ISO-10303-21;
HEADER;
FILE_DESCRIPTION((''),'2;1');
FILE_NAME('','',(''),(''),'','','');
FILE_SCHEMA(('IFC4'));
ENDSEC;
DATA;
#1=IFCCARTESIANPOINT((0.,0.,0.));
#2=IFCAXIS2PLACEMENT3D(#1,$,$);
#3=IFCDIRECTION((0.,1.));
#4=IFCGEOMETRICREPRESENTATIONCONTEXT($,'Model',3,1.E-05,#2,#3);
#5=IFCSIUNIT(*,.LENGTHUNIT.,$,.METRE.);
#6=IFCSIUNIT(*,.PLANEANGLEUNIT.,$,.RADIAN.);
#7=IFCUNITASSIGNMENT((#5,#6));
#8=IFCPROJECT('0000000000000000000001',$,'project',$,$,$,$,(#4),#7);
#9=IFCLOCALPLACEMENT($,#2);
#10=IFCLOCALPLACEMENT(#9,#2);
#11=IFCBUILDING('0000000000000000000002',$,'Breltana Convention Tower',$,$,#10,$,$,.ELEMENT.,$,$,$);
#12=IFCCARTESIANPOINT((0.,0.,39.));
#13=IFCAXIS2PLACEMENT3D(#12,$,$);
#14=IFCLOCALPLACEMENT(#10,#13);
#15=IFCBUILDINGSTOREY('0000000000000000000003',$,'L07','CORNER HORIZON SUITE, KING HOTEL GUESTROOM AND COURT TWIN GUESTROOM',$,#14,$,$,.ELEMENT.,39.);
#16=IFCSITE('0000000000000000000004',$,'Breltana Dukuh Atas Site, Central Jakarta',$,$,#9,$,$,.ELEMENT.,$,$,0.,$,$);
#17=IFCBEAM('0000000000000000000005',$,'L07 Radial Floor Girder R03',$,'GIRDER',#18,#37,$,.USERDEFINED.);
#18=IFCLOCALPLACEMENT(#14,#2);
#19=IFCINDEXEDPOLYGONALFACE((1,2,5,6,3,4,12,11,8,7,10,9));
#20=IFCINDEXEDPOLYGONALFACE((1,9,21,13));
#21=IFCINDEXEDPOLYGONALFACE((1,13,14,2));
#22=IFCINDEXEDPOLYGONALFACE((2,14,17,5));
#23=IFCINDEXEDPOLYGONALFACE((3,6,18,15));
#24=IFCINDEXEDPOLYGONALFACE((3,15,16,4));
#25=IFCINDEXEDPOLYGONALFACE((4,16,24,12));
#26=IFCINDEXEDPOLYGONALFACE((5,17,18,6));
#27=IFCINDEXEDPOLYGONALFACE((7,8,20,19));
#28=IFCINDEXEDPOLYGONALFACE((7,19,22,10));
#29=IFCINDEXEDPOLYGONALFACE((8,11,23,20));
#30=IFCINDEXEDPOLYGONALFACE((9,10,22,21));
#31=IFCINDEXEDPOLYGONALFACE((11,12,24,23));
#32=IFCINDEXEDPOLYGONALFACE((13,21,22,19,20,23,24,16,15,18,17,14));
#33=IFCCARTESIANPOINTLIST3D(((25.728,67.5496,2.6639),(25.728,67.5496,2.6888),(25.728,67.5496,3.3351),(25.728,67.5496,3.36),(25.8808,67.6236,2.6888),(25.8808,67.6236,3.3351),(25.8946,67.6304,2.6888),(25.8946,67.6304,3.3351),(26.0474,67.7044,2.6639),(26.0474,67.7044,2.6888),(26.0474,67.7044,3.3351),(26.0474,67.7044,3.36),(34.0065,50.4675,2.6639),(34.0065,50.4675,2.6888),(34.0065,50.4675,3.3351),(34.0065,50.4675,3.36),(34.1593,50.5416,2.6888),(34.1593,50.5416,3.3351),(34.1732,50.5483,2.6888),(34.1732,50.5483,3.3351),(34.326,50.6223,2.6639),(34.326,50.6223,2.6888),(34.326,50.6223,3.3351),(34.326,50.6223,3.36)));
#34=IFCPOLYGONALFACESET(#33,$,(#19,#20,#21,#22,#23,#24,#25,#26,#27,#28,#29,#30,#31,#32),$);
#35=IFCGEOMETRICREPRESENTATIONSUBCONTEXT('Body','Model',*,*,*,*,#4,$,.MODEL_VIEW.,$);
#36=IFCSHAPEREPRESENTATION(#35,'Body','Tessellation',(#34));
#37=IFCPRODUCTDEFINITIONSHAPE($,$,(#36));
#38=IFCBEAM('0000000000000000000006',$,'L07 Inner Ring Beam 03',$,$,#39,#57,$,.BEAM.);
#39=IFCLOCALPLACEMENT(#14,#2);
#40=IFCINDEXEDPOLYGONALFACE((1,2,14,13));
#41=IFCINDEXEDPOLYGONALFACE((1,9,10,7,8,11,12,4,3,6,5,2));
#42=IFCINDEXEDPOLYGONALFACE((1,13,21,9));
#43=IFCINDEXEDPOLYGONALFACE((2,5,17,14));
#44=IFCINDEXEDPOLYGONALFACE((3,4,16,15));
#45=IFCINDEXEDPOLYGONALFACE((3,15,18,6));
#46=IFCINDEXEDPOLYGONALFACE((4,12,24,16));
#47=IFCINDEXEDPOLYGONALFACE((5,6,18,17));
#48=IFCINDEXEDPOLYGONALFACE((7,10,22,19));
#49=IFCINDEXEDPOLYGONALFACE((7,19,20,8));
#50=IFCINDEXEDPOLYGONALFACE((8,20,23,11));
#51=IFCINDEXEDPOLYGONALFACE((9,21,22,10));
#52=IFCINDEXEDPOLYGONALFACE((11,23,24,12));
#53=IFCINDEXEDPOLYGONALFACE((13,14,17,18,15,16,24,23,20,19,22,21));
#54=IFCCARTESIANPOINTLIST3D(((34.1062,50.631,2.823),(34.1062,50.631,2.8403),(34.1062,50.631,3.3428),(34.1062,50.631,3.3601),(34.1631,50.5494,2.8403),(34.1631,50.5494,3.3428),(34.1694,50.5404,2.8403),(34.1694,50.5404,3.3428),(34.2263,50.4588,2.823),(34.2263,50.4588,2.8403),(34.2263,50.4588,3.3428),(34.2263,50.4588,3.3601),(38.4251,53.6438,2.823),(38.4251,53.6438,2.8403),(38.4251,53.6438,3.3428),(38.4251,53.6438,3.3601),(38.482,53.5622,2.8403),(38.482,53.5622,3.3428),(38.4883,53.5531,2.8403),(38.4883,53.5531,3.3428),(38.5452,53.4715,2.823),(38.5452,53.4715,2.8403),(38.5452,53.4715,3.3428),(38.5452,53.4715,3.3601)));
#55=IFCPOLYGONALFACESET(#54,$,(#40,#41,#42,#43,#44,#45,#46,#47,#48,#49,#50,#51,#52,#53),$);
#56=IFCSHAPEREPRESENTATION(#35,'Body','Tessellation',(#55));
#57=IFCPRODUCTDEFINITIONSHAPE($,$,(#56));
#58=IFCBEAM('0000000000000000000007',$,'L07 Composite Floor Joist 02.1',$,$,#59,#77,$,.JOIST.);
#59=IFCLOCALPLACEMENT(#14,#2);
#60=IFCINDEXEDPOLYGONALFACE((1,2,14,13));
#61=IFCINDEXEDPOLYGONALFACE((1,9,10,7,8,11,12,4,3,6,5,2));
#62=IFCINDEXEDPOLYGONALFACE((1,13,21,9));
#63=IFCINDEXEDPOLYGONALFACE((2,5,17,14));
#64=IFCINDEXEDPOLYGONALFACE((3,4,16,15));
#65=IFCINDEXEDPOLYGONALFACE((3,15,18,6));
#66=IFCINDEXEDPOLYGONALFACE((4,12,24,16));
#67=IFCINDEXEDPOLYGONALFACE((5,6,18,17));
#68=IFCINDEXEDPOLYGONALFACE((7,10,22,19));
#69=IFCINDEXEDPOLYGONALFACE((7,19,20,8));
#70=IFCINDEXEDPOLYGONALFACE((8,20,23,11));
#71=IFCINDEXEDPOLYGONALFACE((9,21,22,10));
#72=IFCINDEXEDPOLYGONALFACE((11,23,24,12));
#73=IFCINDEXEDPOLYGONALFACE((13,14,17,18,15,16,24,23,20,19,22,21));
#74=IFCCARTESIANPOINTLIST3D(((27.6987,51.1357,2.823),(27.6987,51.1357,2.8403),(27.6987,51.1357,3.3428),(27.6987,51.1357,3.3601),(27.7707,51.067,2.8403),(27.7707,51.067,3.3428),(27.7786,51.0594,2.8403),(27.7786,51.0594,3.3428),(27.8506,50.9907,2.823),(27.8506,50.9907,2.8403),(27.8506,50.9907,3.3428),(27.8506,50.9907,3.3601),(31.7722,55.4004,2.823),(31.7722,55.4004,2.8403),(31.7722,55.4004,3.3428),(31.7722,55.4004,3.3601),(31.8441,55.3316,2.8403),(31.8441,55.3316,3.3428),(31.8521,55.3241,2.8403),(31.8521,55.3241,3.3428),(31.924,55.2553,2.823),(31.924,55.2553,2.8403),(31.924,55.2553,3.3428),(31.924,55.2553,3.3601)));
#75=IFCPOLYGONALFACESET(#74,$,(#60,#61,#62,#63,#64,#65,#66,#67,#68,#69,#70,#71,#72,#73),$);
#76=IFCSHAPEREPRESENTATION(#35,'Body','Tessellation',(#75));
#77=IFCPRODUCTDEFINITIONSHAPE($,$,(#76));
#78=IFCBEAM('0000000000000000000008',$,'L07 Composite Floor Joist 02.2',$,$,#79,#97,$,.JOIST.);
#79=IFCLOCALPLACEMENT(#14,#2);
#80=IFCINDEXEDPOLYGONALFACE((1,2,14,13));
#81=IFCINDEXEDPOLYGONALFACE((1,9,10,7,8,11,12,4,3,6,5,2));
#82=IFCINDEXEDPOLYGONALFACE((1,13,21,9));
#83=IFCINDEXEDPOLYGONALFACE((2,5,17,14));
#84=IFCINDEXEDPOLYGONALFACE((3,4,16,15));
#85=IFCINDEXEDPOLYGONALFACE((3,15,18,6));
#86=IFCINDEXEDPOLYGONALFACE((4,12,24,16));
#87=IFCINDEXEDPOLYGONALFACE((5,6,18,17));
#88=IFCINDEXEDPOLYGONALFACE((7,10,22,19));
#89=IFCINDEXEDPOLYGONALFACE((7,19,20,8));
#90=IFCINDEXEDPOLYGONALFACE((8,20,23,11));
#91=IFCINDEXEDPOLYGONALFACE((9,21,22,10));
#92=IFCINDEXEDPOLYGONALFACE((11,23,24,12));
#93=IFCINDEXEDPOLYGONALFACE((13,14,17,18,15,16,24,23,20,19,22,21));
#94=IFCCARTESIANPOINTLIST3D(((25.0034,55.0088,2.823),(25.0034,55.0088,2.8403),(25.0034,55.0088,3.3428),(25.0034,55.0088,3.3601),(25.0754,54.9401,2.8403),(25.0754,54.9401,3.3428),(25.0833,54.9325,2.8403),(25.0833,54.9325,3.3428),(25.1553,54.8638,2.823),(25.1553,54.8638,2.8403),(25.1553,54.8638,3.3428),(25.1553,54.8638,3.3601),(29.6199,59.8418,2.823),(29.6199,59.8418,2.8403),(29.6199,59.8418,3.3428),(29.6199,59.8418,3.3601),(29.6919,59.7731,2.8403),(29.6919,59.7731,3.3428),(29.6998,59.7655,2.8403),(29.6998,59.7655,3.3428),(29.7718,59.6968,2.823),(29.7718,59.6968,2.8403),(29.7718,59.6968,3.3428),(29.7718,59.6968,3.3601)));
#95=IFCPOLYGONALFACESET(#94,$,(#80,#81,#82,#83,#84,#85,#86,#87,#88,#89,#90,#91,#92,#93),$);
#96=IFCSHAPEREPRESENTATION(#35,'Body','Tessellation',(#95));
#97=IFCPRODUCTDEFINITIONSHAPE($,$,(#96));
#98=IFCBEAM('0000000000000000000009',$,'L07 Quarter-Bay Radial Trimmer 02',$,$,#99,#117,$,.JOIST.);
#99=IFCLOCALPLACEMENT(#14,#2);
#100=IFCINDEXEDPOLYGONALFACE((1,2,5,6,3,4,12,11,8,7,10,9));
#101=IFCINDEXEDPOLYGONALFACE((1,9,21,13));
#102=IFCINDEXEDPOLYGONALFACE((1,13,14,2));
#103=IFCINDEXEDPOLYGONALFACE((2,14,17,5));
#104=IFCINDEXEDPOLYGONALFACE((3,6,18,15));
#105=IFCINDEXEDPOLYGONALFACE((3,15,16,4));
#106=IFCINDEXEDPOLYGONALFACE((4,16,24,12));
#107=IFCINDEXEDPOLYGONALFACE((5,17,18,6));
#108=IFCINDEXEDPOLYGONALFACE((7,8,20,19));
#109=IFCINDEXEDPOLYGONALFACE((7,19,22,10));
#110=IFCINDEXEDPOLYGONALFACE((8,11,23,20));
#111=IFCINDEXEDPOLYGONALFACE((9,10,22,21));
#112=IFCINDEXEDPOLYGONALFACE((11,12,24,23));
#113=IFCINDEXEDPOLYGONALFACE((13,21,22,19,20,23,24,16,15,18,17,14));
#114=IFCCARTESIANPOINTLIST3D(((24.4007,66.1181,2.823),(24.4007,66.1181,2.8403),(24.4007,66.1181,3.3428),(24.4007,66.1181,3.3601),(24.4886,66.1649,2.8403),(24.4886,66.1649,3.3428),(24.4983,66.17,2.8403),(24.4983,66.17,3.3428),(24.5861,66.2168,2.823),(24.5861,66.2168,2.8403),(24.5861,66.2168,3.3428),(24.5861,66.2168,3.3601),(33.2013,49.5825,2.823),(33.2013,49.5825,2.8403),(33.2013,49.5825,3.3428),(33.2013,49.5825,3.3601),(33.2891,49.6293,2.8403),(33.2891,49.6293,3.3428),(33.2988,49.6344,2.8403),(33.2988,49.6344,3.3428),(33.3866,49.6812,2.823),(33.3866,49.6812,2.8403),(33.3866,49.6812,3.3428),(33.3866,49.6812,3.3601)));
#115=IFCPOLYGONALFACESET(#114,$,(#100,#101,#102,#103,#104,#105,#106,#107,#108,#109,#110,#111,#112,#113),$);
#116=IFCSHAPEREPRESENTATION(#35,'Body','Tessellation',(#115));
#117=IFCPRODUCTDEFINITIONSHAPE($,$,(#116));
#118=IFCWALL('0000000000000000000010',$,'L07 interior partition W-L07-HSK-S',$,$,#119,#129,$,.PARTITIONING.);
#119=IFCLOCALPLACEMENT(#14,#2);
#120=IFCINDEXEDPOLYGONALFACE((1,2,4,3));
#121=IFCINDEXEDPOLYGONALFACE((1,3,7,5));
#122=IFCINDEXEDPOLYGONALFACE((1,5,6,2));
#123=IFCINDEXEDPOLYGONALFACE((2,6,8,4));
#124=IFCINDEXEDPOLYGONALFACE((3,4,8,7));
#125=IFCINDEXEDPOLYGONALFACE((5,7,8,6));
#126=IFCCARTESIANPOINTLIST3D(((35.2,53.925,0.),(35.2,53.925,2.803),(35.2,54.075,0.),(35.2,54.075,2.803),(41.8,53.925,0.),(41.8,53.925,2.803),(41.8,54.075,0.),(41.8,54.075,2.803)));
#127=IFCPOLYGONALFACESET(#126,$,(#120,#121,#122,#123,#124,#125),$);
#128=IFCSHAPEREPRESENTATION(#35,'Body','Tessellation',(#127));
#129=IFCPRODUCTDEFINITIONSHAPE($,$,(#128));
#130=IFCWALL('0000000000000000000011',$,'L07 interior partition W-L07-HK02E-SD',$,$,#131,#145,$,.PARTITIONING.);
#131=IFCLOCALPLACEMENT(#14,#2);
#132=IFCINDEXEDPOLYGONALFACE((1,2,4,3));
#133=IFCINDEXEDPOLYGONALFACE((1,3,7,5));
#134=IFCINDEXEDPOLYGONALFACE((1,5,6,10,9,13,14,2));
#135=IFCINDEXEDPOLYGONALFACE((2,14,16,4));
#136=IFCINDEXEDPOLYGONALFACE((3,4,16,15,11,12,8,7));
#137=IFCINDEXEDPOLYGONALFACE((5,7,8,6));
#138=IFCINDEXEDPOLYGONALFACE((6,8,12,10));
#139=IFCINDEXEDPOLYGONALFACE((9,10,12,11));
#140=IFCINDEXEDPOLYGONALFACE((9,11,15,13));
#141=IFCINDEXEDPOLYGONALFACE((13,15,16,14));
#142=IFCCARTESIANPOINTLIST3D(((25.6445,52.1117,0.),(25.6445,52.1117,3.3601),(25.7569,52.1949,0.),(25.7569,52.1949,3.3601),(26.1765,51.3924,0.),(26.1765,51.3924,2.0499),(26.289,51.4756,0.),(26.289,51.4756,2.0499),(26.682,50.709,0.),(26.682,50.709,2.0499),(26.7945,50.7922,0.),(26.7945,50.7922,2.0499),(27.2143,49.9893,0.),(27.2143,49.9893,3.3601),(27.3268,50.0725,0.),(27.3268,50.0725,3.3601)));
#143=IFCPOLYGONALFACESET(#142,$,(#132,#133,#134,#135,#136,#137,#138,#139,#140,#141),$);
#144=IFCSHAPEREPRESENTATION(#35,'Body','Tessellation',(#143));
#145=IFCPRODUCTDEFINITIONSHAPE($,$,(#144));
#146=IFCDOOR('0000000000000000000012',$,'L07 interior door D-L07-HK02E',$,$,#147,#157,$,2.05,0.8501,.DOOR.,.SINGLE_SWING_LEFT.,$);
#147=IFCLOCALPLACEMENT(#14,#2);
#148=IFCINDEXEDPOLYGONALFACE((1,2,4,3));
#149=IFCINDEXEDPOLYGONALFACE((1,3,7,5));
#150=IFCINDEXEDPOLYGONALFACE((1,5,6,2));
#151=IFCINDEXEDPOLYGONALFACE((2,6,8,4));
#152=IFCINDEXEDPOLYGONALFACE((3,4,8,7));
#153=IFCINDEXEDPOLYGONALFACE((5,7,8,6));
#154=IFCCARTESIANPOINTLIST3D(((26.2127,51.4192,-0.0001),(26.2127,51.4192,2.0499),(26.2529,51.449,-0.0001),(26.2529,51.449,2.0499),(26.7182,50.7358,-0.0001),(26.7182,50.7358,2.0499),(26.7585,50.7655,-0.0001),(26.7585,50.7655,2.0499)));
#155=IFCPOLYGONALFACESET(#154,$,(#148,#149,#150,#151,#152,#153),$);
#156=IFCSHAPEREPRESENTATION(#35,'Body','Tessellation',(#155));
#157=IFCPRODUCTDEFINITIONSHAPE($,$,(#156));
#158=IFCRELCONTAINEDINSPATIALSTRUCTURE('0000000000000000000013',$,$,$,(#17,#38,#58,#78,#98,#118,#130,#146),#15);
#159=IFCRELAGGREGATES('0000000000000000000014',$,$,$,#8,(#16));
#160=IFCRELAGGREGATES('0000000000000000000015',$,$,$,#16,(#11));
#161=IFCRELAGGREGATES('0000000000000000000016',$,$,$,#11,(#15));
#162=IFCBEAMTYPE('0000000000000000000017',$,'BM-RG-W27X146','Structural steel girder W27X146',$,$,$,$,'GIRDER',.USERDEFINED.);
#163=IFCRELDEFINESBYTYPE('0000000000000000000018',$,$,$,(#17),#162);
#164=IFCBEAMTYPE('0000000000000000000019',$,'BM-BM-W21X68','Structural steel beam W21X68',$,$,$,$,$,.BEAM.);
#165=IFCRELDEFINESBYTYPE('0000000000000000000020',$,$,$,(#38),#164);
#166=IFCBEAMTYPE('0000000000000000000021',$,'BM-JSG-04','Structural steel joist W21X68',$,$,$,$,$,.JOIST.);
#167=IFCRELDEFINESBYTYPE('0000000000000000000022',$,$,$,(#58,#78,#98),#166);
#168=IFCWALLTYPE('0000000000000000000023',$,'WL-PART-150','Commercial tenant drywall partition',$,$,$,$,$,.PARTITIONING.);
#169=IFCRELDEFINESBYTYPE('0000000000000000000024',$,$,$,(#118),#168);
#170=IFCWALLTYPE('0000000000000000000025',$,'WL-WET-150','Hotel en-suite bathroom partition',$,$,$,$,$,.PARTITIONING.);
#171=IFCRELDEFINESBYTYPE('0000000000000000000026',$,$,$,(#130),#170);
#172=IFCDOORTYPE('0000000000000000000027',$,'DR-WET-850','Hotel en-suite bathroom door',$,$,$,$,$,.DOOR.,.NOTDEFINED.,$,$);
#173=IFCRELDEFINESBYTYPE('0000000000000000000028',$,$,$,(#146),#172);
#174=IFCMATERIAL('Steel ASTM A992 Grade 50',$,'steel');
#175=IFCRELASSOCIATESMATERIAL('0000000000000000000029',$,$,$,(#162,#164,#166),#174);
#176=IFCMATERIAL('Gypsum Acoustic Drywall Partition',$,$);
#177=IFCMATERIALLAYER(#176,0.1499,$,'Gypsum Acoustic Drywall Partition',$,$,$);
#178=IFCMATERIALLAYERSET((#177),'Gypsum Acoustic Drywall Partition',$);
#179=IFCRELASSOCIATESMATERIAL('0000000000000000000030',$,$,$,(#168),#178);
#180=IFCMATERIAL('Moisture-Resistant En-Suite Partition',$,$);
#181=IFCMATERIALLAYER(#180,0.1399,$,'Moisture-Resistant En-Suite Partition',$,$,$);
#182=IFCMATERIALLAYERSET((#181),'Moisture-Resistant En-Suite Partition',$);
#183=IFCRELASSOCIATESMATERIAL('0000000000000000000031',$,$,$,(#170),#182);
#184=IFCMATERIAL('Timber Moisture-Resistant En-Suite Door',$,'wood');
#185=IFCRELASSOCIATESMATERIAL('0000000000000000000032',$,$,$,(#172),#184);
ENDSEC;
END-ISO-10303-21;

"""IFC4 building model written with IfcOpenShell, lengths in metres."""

from ifc_helpers import new_model, si_unit, direction, frame, frame_2d, origin, origin_2d, place, context, subcontext, project, spatial, rectangle, i_section, extrude, source, transform, mapped, material, layer, layer_set, material_profile, profile_set, type_object, type_shapes, element, fill, save


model = new_model("IFC4")

# Units and contexts
model_context = context("Model", 3, precision=1e-05, world=origin(), true_north=direction((0.0, 1.0)))
body_context = subcontext(model_context, "Body", "Model", "MODEL_VIEW")
ifc_project = project(units=[si_unit("LENGTHUNIT", "METRE"), si_unit("PLANEANGLEUNIT", "RADIAN")], contexts=[model_context])

# Site, building, storey
site_placement = place(None, origin())
site = spatial("IfcSite", under=ifc_project, at=site_placement, Name="Breltana Dukuh Atas Site, Central Jakarta", CompositionType="ELEMENT", RefElevation=0.0)
building_placement = place(site_placement, origin())
building = spatial("IfcBuilding", under=site, at=building_placement, Name="Breltana Convention Tower", CompositionType="ELEMENT")
storey_placement = place(building_placement, frame((0.0, 0.0, 39.0)))
storey = spatial("IfcBuildingStorey", under=building, at=storey_placement, Name="L07", Description="CORNER HORIZON SUITE, KING HOTEL GUESTROOM AND COURT TWIN GUESTROOM", CompositionType="ELEMENT", Elevation=39.0)

# Beams
ifc_material_1 = material(Name="Steel ASTM A992 Grade 50", Category="steel")
ifc_material_profile_1 = material_profile(ifc_material_1, i_section(OverallWidth=0.355, OverallDepth=0.696, WebThickness=0.0154, FlangeThickness=0.0249, at=origin_2d()), Name="W27X146")
ifc_profile_set_1 = profile_set([ifc_material_profile_1], Name="Steel ASTM A992 Grade 50")
beam_type_1 = type_object("IfcBeamType", Name="BM-RG-W27X146", Description="Structural steel girder W27X146", ElementType="GIRDER", PredefinedType="USERDEFINED", material=ifc_profile_set_1)
shared_shape_1 = source(origin(), body_context, "Body", "SweptSolid", [
    extrude(i_section(OverallWidth=0.355, OverallDepth=0.696, WebThickness=0.0154, FlangeThickness=0.0249, at=origin_2d()), origin(), (0.0, 0.0, 1.0), 18.9824),
])
beam_1_placement = place(storey_placement, frame((34.1663, 50.5449, 3.012), z_axis=(-0.436119, 0.899889, 0.0), x_axis=(-0.899889, -0.436119, 0.0)))
element("IfcBeam", 1, at=beam_1_placement, inside=storey, type_object=beam_type_1, Name="L07 Radial Floor Girder R03", ObjectType="GIRDER", PredefinedType="USERDEFINED", context=body_context, shape_type="MappedRepresentation", body=[
    mapped(shared_shape_1, transform((0.0, 0.0, 0.0), scale=1.0)),
])
ifc_material_profile_2 = material_profile(ifc_material_1, i_section(OverallWidth=0.21, OverallDepth=0.5371, WebThickness=0.011, FlangeThickness=0.0173, at=origin_2d()), Name="W21X68")
ifc_profile_set_2 = profile_set([ifc_material_profile_2], Name="Steel ASTM A992 Grade 50")
beam_type_2 = type_object("IfcBeamType", Name="BM-BM-W21X68", Description="Structural steel beam W21X68", PredefinedType="BEAM", material=ifc_profile_set_2)
shared_shape_2 = source(origin(), body_context, "Body", "SweptSolid", [
    extrude(i_section(OverallWidth=0.21, OverallDepth=0.5371, WebThickness=0.011, FlangeThickness=0.0173, at=origin_2d()), origin(), (0.0, 0.0, 1.0), 5.2659),
])
beam_2_placement = place(storey_placement, frame((34.1663, 50.5449, 3.0916), z_axis=(0.820167, 0.572124, 0.0), x_axis=(-0.572124, 0.820167, 0.0)))
element("IfcBeam", 2, at=beam_2_placement, inside=storey, type_object=beam_type_2, Name="L07 Inner Ring Beam 03", PredefinedType="BEAM", context=body_context, shape_type="MappedRepresentation", body=[
    mapped(shared_shape_2, transform((0.0, 0.0, 0.0), scale=1.0)),
])
ifc_material_profile_3 = material_profile(ifc_material_1, i_section(OverallWidth=0.21, OverallDepth=0.5371, WebThickness=0.011, FlangeThickness=0.0173, at=origin_2d()), Name="W21X68")
ifc_profile_set_3 = profile_set([ifc_material_profile_3], Name="Steel ASTM A992 Grade 50")
beam_type_3 = type_object("IfcBeamType", Name="BM-JSG-04", Description="Structural steel joist W21X68", PredefinedType="JOIST", material=ifc_profile_set_3)
shared_shape_3 = source(origin(), body_context, "Body", "SweptSolid", [
    extrude(i_section(OverallWidth=0.21, OverallDepth=0.5371, WebThickness=0.011, FlangeThickness=0.0173, at=origin_2d()), origin(), (0.0, 0.0, 1.0), 5.8975),
])
beam_3_placement = place(storey_placement, frame((27.7747, 51.0632, 3.0916), z_axis=(0.690714, 0.723128, 0.0), x_axis=(-0.723128, 0.690714, 0.0)))
element("IfcBeam", 3, at=beam_3_placement, inside=storey, type_object=beam_type_3, Name="L07 Composite Floor Joist 02.1", PredefinedType="JOIST", context=body_context, shape_type="MappedRepresentation", body=[
    mapped(shared_shape_3, transform((0.0, 0.0, 0.0), scale=1.0)),
])
shared_shape_4 = source(origin(), body_context, "Body", "SweptSolid", [
    extrude(i_section(OverallWidth=0.21, OverallDepth=0.5371, WebThickness=0.011, FlangeThickness=0.0173, at=origin_2d()), origin(), (0.0, 0.0, 1.0), 6.6836),
])
beam_4_placement = place(storey_placement, frame((25.0793, 54.9363, 3.0916), z_axis=(0.690721, 0.723122, 0.0), x_axis=(-0.723122, 0.690721, 0.0)))
element("IfcBeam", 4, at=beam_4_placement, inside=storey, type_object=beam_type_3, Name="L07 Composite Floor Joist 02.2", PredefinedType="JOIST", context=body_context, shape_type="MappedRepresentation", body=[
    mapped(shared_shape_4, transform((0.0, 0.0, 0.0), scale=1.0)),
])
shared_shape_5 = source(origin(), body_context, "Body", "SweptSolid", [
    extrude(i_section(OverallWidth=0.21, OverallDepth=0.5371, WebThickness=0.011, FlangeThickness=0.0173, at=origin_2d()), origin(), (0.0, 0.0, 1.0), 18.7317),
])
beam_5_placement = place(storey_placement, frame((33.2939, 49.6318, 3.0916), z_axis=(-0.46982, 0.882762, 0.0), x_axis=(-0.882762, -0.46982, 0.0)))
element("IfcBeam", 5, at=beam_5_placement, inside=storey, type_object=beam_type_3, Name="L07 Quarter-Bay Radial Trimmer 02", PredefinedType="JOIST", context=body_context, shape_type="MappedRepresentation", body=[
    mapped(shared_shape_5, transform((0.0, 0.0, 0.0), scale=1.0)),
])

# Wall
ifc_material_2 = material(Name="Gypsum Acoustic Drywall Partition")
ifc_layer_1 = layer(ifc_material_2, 0.1499, Name="Gypsum Acoustic Drywall Partition")
ifc_layer_set_1 = layer_set([ifc_layer_1], Name="Gypsum Acoustic Drywall Partition")
wall_type_1 = type_object("IfcWallType", Name="WL-PART-150", Description="Commercial tenant drywall partition", PredefinedType="PARTITIONING", material=ifc_layer_set_1)
shared_shape_6 = source(origin(), body_context, "Body", "SweptSolid", [
    extrude(rectangle(XDim=6.6001, YDim=0.1499, at=frame_2d((3.3, 0.0))), origin(), (0.0, 0.0, 1.0), 2.803),
])
wall_1_placement = place(storey_placement, frame((35.2, 54.0, 0.0), z_axis=(0.0, 0.0, 1.0), x_axis=(1.0, 0.0, 0.0)))
element("IfcWall", 6, at=wall_1_placement, inside=storey, type_object=wall_type_1, Name="L07 interior partition W-L07-HSK-S", PredefinedType="PARTITIONING", context=body_context, shape_type="MappedRepresentation", body=[
    mapped(shared_shape_6, transform((0.0, 0.0, 0.0), scale=1.0)),
])

# Wall, opening, door
ifc_material_3 = material(Name="Moisture-Resistant En-Suite Partition")
ifc_layer_2 = layer(ifc_material_3, 0.1399, Name="Moisture-Resistant En-Suite Partition")
ifc_layer_set_2 = layer_set([ifc_layer_2], Name="Moisture-Resistant En-Suite Partition")
wall_type_2 = type_object("IfcWallType", Name="WL-WET-150", Description="Hotel en-suite bathroom partition", PredefinedType="PARTITIONING", material=ifc_layer_set_2)
shared_shape_7 = source(origin(), body_context, "Body", "SweptSolid", [
    extrude(rectangle(XDim=2.6399, YDim=0.1399, at=frame_2d((1.3198, 0.0))), origin(), (0.0, 0.0, 1.0), 3.3601),
])
wall_2_placement = place(storey_placement, frame((27.2705, 50.031, 0.0), z_axis=(0.0, 0.0, 1.0), x_axis=(-0.594674, 0.803967, 0.0)))
wall_2 = element("IfcWall", 7, at=wall_2_placement, inside=storey, type_object=wall_type_2, Name="L07 interior partition W-L07-HK02E-SD", PredefinedType="PARTITIONING", context=body_context, shape_type="MappedRepresentation", body=[
    mapped(shared_shape_7, transform((0.0, 0.0, 0.0), scale=1.0)),
])
opening_1_placement = place(wall_2_placement, frame((0.895, 0.0, 0.0)))
opening_1 = element("IfcOpeningElement", 8, at=opening_1_placement, cuts=wall_2, PredefinedType="OPENING", context=body_context, shape_type="SweptSolid", body=[
    extrude(rectangle(XDim=0.8501, YDim=2.05, at=frame_2d((0.425, 1.0249))), frame((0.0, 0.0801, 0.0), z_axis=(0.0, -1.0, 0.0), x_axis=(1.0, 0.0, 0.0)), (0.0, 0.0, 1.0), 0.1599),
])
ifc_material_4 = material(Name="Timber Moisture-Resistant En-Suite Door", Category="wood")
door_type_1 = type_object("IfcDoorType", Name="DR-WET-850", Description="Hotel en-suite bathroom door", OperationType="NOTDEFINED", PredefinedType="DOOR", material=ifc_material_4)
shared_shape_8 = source(origin(), body_context, "Body", "SweptSolid", [
    extrude(rectangle(XDim=0.8501, YDim=2.05, at=frame_2d((0.425, 1.0249))), frame((0.0, 0.0249, 0.0), z_axis=(0.0, -1.0, 0.0), x_axis=(1.0, 0.0, 0.0)), (0.0, 0.0, 1.0), 0.05),
])
type_shapes(door_type_1, [shared_shape_8])
door_1_placement = place(opening_1_placement, origin())
door_1 = element("IfcDoor", 9, at=door_1_placement, inside=storey, type_object=door_type_1, Name="L07 interior door D-L07-HK02E", OperationType="SINGLE_SWING_LEFT", OverallHeight=2.05, OverallWidth=0.8501, PredefinedType="DOOR", context=body_context, shape_type="MappedRepresentation", body=[
    mapped(shared_shape_8, transform((0.0, 0.0, 0.0), scale=1.0)),
])
fill(opening_1, door_1)

save(model, "model.ifc")
